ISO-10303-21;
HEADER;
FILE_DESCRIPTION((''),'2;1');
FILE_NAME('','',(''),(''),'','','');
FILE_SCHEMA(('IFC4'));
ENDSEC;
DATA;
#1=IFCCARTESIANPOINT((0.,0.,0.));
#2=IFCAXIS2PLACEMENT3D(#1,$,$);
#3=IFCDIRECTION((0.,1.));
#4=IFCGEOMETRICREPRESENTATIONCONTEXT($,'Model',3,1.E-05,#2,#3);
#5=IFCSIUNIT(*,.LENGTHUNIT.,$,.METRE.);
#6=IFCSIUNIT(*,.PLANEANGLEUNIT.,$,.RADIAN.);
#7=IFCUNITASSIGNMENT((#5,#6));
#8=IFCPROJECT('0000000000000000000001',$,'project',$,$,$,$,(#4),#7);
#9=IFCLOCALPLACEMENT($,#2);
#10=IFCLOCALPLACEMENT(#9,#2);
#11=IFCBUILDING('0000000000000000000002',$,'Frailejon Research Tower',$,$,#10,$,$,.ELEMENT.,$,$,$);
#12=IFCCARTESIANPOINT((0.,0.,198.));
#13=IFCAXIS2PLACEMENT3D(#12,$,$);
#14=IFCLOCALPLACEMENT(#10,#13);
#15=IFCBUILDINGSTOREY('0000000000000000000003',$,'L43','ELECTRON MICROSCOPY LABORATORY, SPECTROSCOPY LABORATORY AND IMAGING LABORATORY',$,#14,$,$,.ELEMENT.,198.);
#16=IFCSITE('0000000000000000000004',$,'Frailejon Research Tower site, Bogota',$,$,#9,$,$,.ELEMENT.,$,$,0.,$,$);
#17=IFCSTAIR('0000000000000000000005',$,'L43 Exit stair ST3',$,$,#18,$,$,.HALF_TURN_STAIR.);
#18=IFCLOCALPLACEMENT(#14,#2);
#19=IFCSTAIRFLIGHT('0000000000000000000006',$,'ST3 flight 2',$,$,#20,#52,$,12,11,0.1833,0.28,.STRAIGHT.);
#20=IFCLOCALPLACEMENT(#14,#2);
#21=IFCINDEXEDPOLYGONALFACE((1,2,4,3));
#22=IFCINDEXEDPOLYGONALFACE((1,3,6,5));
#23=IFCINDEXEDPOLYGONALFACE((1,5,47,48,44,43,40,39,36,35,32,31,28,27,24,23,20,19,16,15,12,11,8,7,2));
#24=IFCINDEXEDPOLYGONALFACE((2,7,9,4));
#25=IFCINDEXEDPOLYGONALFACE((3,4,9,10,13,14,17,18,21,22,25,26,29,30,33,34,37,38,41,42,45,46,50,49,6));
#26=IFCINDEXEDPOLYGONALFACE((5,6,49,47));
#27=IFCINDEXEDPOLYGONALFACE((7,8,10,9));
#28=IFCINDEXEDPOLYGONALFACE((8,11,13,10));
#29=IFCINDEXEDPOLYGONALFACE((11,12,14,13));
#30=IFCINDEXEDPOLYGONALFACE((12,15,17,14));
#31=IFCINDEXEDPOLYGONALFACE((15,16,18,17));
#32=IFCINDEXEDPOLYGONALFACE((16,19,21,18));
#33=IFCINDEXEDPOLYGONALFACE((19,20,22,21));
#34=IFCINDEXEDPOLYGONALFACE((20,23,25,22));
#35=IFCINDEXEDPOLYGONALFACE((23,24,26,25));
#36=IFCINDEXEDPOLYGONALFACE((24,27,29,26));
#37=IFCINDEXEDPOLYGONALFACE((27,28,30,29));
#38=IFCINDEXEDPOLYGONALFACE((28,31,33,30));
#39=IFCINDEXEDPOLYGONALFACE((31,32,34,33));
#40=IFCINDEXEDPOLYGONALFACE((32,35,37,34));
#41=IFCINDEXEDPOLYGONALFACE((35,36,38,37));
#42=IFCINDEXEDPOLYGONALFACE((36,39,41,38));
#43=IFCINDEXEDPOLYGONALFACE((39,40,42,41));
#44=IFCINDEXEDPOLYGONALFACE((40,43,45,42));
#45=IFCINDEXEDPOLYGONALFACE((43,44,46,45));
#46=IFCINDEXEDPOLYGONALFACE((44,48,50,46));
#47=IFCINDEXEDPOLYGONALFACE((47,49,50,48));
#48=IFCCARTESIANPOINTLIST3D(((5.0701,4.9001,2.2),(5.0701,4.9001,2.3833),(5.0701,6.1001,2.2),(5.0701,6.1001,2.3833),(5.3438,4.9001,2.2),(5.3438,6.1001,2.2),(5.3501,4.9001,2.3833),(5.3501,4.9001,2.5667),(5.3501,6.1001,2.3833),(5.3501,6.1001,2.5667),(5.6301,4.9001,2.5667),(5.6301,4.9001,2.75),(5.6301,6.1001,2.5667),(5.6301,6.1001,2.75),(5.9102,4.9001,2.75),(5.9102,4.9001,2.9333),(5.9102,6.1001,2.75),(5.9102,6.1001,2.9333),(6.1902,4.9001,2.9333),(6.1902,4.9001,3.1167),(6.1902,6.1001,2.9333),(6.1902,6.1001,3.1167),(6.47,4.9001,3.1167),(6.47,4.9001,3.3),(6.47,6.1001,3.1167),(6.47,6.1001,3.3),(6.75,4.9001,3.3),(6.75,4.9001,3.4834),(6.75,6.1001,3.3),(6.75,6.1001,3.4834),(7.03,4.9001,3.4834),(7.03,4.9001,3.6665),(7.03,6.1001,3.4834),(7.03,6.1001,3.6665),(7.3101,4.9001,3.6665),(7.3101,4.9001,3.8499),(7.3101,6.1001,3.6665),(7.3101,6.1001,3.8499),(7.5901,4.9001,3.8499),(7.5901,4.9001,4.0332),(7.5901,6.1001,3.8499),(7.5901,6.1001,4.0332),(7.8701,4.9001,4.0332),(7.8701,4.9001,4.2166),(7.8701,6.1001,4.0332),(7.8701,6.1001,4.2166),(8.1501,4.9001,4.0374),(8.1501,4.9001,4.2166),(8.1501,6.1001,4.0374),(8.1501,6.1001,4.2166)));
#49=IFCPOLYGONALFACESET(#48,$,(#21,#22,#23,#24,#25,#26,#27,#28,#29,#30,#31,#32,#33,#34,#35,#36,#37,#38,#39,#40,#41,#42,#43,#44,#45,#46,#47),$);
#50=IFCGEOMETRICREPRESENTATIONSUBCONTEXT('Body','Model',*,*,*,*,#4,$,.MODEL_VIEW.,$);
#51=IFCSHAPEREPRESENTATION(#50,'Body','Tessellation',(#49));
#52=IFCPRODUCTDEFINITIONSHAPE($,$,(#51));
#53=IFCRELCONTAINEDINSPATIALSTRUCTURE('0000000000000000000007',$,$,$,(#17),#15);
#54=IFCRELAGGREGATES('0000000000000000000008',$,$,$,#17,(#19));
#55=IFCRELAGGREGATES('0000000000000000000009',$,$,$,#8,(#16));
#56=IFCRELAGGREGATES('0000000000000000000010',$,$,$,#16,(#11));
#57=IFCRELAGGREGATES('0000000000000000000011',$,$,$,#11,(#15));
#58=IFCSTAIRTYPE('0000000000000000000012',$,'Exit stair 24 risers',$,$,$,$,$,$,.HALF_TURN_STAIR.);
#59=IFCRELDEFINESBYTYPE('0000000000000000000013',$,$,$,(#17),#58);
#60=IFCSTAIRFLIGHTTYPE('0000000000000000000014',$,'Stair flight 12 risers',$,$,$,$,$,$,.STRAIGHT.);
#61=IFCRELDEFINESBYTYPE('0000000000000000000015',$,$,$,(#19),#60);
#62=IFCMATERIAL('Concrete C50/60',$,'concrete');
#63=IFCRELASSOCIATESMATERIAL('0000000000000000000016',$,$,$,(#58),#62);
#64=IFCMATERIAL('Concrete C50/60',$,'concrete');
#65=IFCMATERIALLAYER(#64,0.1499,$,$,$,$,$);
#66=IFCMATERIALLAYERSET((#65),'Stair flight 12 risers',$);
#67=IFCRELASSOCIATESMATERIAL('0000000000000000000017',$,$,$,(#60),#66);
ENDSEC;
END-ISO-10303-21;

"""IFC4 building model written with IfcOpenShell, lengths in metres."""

from ifc_helpers import new_model, si_unit, direction, frame, origin, place, context, subcontext, project, spatial, polyline, outline, extrude, material, layer, layer_set, type_object, element, aggregate, save


model = new_model("IFC4")

# Units and contexts
model_context = context("Model", 3, precision=1e-05, world=origin(), true_north=direction((0.0, 1.0)))
body_context = subcontext(model_context, "Body", "Model", "MODEL_VIEW")
ifc_project = project(units=[si_unit("LENGTHUNIT", "METRE"), si_unit("PLANEANGLEUNIT", "RADIAN")], contexts=[model_context])

# Site, building, storey
site_placement = place(None, origin())
site = spatial("IfcSite", under=ifc_project, at=site_placement, Name="Frailejon Research Tower site, Bogota", CompositionType="ELEMENT", RefElevation=0.0)
building_placement = place(site_placement, origin())
building = spatial("IfcBuilding", under=site, at=building_placement, Name="Frailejon Research Tower", CompositionType="ELEMENT")
storey_placement = place(building_placement, frame((0.0, 0.0, 198.0)))
storey = spatial("IfcBuildingStorey", under=building, at=storey_placement, Name="L43", Description="ELECTRON MICROSCOPY LABORATORY, SPECTROSCOPY LABORATORY AND IMAGING LABORATORY", CompositionType="ELEMENT", Elevation=198.0)

# Stair
ifc_material_1 = material(Name="Concrete C50/60", Category="concrete")
stair_type = type_object("IfcStairType", Name="Exit stair 24 risers", PredefinedType="HALF_TURN_STAIR", material=ifc_material_1)
stair_placement = place(storey_placement, origin())
stair = element("IfcStair", 1, at=stair_placement, inside=storey, type_object=stair_type, Name="L43 Exit stair ST3", PredefinedType="HALF_TURN_STAIR")

# Stair flight
ifc_material_2 = material(Name="Concrete C50/60", Category="concrete")
ifc_layer_1 = layer(ifc_material_2, 0.1499)
ifc_layer_set_1 = layer_set([ifc_layer_1], Name="Stair flight 12 risers")
stair_flight_type = type_object("IfcStairFlightType", Name="Stair flight 12 risers", PredefinedType="STRAIGHT", material=ifc_layer_set_1)
stair_flight_1_placement = place(storey_placement, frame((5.0701, 5.5, 2.2), z_axis=(0.0, 0.0, 1.0), x_axis=(1.0, 0.0, 0.0)))
stair_flight_1 = element("IfcStairFlight", 2, at=stair_flight_1_placement, type_object=stair_flight_type, Name="ST3 flight 2", NumberOfRisers=12, NumberOfTreads=11, PredefinedType="STRAIGHT", RiserHeight=0.1833, TreadLength=0.28, context=body_context, shape_type="SweptSolid", body=[
    extrude(outline(polyline([(0.0, 0.0), (0.0, 0.1833), (0.28, 0.1833), (0.28, 0.3667), (0.5601, 0.3667), (0.5601, 0.55), (0.8401, 0.55), (0.8401, 0.7334), (1.1201, 0.7334), (1.1201, 0.9167), (1.3999, 0.9167), (1.3999, 1.1001), (1.6799, 1.1001), (1.6799, 1.2834), (1.96, 1.2834), (1.96, 1.4666), (2.24, 1.4666), (2.24, 1.6499), (2.52, 1.6499), (2.52, 1.8333), (2.8, 1.8333), (2.8, 2.0166), (3.0801, 2.0166), (3.0801, 2.2), (3.0801, 1.8374), (0.2737, 0.0), (0.0, 0.0)])), frame((0.0, 0.6001, 0.0), z_axis=(0.0, -1.0, 0.0), x_axis=(1.0, 0.0, 0.0)), (0.0, 0.0, 1.0), 1.2),
])
aggregate(stair, [stair_flight_1])

save(model, "model.ifc")
